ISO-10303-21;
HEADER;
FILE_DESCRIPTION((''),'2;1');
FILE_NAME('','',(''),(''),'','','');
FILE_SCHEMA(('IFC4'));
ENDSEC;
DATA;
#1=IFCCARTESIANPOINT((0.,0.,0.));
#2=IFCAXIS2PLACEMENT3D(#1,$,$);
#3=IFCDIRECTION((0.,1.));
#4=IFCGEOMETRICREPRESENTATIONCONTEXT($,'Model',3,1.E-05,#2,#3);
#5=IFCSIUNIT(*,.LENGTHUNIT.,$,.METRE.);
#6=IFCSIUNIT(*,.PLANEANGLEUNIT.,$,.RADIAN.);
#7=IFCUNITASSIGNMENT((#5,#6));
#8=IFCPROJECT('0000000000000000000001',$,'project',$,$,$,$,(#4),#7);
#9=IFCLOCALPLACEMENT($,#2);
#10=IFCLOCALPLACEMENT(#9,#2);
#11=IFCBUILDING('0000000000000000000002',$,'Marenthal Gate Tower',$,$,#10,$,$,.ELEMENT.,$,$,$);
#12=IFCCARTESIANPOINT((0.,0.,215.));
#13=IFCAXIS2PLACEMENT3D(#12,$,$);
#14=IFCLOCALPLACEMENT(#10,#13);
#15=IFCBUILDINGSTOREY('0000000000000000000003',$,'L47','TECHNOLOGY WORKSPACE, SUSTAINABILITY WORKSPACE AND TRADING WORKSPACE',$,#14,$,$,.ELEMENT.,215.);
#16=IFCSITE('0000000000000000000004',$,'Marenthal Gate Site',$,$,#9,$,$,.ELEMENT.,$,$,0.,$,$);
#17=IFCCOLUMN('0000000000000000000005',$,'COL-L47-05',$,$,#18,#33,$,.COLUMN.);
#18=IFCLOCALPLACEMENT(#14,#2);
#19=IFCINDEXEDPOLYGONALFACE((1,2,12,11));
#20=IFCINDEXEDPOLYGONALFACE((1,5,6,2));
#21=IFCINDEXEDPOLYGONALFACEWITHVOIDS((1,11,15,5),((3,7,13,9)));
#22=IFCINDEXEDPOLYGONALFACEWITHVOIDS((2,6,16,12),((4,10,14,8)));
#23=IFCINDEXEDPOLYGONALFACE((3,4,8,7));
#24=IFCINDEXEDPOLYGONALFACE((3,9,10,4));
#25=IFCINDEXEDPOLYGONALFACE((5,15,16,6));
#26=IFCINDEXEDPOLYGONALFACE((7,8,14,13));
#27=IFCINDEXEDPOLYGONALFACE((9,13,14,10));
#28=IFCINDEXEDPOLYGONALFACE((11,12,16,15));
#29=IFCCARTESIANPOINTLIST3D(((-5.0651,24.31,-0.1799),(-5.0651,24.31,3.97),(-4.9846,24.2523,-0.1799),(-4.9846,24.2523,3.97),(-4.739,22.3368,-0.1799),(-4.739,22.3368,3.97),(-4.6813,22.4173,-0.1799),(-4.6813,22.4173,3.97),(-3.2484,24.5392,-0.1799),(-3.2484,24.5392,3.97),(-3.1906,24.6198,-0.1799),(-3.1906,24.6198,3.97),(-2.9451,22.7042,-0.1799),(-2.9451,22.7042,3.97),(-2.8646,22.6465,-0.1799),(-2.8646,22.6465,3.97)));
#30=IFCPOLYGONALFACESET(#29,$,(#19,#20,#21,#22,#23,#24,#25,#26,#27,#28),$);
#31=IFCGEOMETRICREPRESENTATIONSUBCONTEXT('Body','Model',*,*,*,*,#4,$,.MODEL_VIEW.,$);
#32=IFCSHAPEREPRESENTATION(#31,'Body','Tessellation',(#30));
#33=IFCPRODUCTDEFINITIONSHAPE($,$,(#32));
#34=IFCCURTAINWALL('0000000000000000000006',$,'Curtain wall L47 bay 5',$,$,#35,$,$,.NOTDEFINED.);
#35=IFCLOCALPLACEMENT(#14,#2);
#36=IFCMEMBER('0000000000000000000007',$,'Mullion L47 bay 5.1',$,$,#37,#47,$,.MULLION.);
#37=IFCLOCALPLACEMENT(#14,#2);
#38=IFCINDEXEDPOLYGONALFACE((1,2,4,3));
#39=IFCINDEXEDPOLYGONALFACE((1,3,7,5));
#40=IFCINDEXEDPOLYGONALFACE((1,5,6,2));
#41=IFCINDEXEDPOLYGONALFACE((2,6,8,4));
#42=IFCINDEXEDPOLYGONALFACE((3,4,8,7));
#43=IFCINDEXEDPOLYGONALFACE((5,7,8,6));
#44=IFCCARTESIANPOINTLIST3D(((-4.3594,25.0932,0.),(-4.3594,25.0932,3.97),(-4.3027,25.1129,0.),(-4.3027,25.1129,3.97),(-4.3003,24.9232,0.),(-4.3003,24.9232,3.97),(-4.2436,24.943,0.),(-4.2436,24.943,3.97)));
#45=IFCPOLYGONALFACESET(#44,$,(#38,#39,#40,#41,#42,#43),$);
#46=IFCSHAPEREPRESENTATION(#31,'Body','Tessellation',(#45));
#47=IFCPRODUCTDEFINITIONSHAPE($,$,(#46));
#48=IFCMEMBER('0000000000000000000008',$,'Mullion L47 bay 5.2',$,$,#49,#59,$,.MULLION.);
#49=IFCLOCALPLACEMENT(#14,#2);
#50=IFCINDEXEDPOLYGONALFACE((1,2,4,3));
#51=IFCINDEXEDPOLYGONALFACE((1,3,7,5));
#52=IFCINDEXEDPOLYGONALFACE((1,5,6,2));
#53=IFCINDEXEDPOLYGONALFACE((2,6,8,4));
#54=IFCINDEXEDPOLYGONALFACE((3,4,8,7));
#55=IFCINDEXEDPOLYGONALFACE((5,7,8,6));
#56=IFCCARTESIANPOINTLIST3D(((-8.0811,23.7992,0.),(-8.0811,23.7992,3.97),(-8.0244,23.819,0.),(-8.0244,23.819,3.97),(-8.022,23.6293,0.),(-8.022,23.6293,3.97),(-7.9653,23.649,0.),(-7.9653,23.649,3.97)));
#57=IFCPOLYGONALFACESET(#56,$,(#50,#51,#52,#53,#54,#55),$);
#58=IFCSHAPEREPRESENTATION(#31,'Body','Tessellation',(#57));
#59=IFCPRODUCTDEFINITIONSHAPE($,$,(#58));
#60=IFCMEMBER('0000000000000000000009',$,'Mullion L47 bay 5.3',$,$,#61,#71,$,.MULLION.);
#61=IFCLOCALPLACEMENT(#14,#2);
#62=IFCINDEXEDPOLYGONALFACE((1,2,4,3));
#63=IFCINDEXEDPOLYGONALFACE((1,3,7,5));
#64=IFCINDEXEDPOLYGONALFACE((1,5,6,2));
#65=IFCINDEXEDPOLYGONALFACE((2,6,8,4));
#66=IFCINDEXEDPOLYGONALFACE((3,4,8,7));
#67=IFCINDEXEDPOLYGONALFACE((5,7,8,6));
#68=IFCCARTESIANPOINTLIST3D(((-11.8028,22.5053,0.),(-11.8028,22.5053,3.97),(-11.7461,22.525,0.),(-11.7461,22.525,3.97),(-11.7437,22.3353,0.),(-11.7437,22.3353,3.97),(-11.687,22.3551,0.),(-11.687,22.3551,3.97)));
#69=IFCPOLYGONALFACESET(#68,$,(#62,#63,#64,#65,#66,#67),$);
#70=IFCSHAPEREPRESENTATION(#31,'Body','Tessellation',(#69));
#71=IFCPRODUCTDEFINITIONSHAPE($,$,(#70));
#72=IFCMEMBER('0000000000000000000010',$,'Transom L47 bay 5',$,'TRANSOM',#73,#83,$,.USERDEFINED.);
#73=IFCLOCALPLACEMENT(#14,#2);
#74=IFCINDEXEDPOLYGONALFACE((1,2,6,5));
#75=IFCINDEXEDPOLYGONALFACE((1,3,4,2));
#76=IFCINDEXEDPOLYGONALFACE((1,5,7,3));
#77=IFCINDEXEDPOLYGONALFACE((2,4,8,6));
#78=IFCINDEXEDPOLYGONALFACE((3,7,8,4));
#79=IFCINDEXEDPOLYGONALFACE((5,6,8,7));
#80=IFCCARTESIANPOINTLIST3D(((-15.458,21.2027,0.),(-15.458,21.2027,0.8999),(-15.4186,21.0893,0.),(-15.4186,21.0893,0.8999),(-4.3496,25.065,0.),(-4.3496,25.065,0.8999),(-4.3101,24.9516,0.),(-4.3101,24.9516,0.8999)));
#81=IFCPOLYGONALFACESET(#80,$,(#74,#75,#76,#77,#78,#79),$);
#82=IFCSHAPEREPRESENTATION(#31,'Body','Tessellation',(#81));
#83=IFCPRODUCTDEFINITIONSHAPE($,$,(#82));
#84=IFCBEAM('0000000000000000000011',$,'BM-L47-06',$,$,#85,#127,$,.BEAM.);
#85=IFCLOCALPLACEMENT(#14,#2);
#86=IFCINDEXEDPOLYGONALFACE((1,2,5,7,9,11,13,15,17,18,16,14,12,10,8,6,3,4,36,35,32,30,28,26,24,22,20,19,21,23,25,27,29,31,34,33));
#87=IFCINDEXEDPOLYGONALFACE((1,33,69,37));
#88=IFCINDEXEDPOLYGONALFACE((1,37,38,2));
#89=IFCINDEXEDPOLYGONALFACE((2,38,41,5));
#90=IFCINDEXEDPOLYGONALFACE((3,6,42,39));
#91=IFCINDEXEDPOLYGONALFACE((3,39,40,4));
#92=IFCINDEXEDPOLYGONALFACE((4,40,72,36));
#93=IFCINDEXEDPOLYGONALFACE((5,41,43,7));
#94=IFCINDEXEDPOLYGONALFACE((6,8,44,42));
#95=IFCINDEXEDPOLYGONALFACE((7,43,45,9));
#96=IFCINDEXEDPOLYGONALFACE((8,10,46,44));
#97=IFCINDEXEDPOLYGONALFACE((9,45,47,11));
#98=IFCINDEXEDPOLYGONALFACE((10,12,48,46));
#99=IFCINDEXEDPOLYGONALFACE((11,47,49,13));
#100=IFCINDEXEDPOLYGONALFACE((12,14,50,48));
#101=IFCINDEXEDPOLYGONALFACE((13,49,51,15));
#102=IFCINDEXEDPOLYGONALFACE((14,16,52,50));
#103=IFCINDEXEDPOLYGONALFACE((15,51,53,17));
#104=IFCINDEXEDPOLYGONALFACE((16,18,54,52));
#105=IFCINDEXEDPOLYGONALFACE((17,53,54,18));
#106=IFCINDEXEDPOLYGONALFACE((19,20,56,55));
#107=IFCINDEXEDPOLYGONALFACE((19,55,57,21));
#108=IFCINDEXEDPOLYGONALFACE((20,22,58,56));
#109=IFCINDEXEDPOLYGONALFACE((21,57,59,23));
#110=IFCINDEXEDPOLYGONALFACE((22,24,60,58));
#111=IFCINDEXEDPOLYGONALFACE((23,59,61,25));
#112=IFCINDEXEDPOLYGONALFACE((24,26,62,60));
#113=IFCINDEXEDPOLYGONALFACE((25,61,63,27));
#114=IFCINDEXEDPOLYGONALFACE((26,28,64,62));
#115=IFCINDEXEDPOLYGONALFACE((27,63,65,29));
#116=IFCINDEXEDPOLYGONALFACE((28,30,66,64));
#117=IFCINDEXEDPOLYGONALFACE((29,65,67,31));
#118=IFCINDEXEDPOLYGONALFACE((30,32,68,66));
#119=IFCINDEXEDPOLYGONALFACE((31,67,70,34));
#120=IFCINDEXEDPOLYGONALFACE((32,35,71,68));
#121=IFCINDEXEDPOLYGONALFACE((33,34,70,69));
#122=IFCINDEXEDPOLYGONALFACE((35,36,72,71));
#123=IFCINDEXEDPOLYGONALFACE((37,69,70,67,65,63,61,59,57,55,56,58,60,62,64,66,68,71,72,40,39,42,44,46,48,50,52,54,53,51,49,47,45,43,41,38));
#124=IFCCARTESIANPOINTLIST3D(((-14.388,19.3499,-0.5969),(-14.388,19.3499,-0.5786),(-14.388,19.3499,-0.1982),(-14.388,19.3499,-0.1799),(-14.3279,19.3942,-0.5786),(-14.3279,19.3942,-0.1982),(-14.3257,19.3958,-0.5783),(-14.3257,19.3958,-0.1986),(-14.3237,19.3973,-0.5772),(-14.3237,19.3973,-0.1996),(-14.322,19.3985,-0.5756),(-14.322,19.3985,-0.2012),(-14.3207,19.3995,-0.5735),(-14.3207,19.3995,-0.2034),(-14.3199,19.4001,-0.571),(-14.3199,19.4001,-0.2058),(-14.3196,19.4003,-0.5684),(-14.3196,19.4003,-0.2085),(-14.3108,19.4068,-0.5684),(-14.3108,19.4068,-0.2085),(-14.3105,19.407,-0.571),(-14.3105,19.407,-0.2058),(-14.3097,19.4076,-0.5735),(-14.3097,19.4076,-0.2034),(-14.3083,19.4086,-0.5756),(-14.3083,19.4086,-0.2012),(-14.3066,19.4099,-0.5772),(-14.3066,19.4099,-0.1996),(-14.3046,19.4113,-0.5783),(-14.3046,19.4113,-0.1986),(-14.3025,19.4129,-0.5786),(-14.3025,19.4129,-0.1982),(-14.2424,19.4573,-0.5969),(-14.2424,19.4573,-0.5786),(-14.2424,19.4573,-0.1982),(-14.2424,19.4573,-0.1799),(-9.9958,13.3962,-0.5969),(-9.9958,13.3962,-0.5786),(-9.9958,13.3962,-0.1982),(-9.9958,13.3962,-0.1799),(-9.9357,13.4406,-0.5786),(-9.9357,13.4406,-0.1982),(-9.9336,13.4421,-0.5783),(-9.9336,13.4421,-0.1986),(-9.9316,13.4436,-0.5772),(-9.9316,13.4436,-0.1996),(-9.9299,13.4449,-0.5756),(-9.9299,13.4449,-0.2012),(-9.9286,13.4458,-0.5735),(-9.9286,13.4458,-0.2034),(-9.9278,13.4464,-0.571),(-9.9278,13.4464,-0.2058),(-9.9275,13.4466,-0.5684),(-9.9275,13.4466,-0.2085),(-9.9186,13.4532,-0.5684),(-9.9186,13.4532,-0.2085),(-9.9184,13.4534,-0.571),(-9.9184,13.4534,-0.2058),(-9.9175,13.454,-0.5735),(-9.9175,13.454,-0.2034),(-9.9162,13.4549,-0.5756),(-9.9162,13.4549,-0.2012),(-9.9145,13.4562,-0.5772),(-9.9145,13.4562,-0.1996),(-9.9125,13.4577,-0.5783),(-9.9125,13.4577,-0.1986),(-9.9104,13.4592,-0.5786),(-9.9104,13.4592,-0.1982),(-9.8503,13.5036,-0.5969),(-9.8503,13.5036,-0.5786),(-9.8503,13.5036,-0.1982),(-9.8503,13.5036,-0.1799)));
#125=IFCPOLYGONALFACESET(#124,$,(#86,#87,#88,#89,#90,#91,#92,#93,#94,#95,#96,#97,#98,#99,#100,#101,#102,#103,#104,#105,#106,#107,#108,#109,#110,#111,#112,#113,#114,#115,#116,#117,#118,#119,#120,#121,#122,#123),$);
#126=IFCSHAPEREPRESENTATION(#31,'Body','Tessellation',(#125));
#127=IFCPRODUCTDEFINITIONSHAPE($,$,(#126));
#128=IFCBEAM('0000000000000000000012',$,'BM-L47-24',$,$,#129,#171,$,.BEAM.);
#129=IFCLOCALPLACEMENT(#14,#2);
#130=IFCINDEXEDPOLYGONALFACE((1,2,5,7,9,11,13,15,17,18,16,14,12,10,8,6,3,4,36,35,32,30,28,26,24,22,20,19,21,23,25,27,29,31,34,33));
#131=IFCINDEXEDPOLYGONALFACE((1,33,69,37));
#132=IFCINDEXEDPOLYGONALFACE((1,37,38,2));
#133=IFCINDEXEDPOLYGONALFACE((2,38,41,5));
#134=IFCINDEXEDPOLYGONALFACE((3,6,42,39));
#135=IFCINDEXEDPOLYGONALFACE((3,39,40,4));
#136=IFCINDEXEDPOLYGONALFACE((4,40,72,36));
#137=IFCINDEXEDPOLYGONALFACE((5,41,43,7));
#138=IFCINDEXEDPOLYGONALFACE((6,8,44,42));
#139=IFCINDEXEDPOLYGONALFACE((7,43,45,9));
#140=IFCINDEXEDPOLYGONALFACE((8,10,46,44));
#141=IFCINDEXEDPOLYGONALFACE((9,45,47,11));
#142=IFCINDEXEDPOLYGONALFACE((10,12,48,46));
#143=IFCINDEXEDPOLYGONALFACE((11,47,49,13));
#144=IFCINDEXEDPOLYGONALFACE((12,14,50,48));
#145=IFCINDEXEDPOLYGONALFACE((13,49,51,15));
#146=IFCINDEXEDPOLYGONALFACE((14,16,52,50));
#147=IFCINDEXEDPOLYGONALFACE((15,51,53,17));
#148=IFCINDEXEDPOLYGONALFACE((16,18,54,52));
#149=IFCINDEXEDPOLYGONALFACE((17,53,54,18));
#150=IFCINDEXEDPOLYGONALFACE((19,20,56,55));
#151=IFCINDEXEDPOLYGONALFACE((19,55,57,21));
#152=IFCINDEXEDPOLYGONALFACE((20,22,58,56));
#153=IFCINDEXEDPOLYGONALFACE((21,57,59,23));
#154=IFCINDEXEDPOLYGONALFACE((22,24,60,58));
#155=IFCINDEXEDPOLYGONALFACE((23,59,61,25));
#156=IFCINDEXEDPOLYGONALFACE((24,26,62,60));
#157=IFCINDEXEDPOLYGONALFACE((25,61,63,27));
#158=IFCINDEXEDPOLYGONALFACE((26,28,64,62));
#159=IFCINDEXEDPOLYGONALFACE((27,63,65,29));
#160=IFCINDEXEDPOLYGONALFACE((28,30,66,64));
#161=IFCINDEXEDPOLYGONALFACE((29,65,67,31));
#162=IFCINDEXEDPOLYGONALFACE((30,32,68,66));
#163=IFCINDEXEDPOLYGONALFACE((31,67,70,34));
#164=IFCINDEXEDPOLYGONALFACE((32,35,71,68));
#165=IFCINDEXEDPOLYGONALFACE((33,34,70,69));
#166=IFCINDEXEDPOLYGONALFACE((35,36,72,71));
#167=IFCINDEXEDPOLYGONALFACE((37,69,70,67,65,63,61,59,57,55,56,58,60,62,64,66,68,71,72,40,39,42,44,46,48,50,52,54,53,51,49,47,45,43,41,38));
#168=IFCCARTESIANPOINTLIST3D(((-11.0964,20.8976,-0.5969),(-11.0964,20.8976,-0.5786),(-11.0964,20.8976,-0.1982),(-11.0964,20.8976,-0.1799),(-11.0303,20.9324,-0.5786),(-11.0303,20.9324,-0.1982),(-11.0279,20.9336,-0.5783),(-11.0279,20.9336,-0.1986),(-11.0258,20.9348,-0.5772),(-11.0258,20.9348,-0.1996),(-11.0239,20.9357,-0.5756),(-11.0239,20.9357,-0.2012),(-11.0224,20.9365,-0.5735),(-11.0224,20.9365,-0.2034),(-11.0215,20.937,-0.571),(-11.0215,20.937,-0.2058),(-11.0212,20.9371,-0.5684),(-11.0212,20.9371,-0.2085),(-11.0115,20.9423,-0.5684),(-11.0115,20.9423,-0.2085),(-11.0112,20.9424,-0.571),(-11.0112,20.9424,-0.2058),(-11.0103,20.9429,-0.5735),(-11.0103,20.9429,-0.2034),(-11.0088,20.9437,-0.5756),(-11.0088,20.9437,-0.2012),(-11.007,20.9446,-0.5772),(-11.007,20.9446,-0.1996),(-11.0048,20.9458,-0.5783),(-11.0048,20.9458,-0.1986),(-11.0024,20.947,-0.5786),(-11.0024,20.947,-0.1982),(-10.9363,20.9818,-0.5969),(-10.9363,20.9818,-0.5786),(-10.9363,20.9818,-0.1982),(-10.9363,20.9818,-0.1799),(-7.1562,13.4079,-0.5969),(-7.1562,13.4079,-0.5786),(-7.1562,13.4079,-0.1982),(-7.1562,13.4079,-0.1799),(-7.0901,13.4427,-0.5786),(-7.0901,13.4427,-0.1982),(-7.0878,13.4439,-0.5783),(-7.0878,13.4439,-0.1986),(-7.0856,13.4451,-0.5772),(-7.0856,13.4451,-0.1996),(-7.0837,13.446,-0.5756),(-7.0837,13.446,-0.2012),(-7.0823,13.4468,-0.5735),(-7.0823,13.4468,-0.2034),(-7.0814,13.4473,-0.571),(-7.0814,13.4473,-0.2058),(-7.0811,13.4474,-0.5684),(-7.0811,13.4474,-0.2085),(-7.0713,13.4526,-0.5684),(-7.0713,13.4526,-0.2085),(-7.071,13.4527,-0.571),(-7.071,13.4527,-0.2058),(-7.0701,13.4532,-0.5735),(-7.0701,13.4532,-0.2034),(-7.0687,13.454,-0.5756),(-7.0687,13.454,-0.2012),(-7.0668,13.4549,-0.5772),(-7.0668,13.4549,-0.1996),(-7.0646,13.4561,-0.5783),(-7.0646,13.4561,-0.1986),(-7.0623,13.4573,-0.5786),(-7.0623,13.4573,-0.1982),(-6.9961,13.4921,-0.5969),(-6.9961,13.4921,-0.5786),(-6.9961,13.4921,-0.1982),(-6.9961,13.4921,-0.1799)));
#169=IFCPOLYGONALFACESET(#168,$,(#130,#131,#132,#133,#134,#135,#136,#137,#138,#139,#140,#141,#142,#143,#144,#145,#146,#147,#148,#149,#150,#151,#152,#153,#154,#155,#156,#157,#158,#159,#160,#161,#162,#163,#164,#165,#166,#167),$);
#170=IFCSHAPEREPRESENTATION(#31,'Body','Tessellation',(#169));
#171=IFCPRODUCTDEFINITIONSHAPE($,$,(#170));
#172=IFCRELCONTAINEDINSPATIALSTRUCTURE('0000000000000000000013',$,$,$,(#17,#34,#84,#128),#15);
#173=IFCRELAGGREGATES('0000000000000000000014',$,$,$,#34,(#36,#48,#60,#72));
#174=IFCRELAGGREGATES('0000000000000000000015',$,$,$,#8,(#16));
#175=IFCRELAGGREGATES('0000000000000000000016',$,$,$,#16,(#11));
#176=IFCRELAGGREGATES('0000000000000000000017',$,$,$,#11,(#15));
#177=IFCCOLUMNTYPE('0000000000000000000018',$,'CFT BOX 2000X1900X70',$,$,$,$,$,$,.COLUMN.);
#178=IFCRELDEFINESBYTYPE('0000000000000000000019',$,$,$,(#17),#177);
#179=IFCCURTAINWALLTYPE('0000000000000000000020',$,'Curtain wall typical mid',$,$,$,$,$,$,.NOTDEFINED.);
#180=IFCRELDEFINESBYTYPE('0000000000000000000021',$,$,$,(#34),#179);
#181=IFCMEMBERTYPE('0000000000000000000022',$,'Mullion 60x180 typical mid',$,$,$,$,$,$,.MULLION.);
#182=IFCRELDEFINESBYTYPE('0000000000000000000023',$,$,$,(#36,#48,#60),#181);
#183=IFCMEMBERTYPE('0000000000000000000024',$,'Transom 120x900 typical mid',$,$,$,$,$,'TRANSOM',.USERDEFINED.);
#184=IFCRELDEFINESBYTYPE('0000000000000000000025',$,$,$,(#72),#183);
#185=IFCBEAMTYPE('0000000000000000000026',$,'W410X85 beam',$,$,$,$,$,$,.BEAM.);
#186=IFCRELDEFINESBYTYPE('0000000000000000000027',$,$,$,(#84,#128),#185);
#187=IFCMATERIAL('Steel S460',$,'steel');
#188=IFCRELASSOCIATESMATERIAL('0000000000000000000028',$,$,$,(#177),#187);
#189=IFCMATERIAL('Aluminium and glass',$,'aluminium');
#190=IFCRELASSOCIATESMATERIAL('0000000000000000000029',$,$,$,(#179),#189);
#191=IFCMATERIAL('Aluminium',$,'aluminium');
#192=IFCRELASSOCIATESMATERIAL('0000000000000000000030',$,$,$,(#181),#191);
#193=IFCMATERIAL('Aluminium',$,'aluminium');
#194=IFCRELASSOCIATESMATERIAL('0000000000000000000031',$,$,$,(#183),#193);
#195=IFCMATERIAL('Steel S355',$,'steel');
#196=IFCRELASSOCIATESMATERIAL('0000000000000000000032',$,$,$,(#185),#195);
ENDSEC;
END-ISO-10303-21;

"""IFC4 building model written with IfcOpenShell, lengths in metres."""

from ifc_helpers import new_model, si_unit, direction, frame, origin, origin_2d, place, context, subcontext, project, spatial, rectangle, hollow_rectangle, i_section, extrude, material, material_profile, profile_set, type_object, element, aggregate, save


model = new_model("IFC4")

# Units and contexts
model_context = context("Model", 3, precision=1e-05, world=origin(), true_north=direction((0.0, 1.0)))
body_context = subcontext(model_context, "Body", "Model", "MODEL_VIEW")
ifc_project = project(units=[si_unit("LENGTHUNIT", "METRE"), si_unit("PLANEANGLEUNIT", "RADIAN")], contexts=[model_context])

# Site, building, storey
site_placement = place(None, origin())
site = spatial("IfcSite", under=ifc_project, at=site_placement, Name="Marenthal Gate Site", CompositionType="ELEMENT", RefElevation=0.0)
building_placement = place(site_placement, origin())
building = spatial("IfcBuilding", under=site, at=building_placement, Name="Marenthal Gate Tower", CompositionType="ELEMENT")
storey_placement = place(building_placement, frame((0.0, 0.0, 215.0)))
storey = spatial("IfcBuildingStorey", under=building, at=storey_placement, Name="L47", Description="TECHNOLOGY WORKSPACE, SUSTAINABILITY WORKSPACE AND TRADING WORKSPACE", CompositionType="ELEMENT", Elevation=215.0)

# Column
ifc_material_1 = material(Name="Steel S460", Category="steel")
ifc_material_profile_1 = material_profile(ifc_material_1, hollow_rectangle(XDim=1.8999, YDim=2.0, WallThickness=0.0701, at=origin_2d()), Name="CFT BOX 2000X1900X70")
ifc_material_2 = material(Name="Concrete 70 MPa", Category="concrete")
ifc_material_profile_2 = material_profile(ifc_material_2, rectangle(XDim=1.76, YDim=1.8601, at=origin_2d()), Name="CFT BOX 2000X1900X70 INFILL")
ifc_profile_set_1 = profile_set([ifc_material_profile_1, ifc_material_profile_2], Name="Steel S460 shell, Concrete 70 MPa infill")
column_type = type_object("IfcColumnType", Name="CFT BOX 2000X1900X70", PredefinedType="COLUMN", material=ifc_profile_set_1)
column_placement = place(storey_placement, frame((-3.9648, 23.4783, -0.1799), z_axis=(0.0, 0.0, 1.0), x_axis=(0.986619, 0.163044, 0.0)))
element("IfcColumn", 1, at=column_placement, inside=storey, type_object=column_type, Name="COL-L47-05", PredefinedType="COLUMN", context=body_context, shape_type="SweptSolid", body=[
    extrude(hollow_rectangle(XDim=1.8999, YDim=2.0, WallThickness=0.0701, at=origin_2d()), origin(), (0.0, 0.0, 1.0), 4.1499),
])

# Curtain wall, members
ifc_material_3 = material(Name="Aluminium and glass", Category="aluminium")
curtain_wall_type = type_object("IfcCurtainWallType", Name="Curtain wall typical mid", PredefinedType="NOTDEFINED", material=ifc_material_3)
curtain_wall_placement = place(storey_placement, origin())
curtain_wall = element("IfcCurtainWall", 2, at=curtain_wall_placement, inside=storey, type_object=curtain_wall_type, Name="Curtain wall L47 bay 5", PredefinedType="NOTDEFINED")
ifc_material_4 = material(Name="Aluminium", Category="aluminium")
ifc_material_profile_3 = material_profile(ifc_material_4, rectangle(XDim=0.1799, YDim=0.0601, at=origin_2d()), Name="60x180 aluminium mullion")
ifc_profile_set_2 = profile_set([ifc_material_profile_3], Name="Aluminium")
member_type_1 = type_object("IfcMemberType", Name="Mullion 60x180 typical mid", PredefinedType="MULLION", material=ifc_profile_set_2)
member_1_placement = place(storey_placement, frame((-4.3015, 25.0181, 0.0), z_axis=(0.0, 0.0, 1.0), x_axis=(0.3284, -0.944539, 0.0)))
member_1 = element("IfcMember", 3, at=member_1_placement, type_object=member_type_1, Name="Mullion L47 bay 5.1", PredefinedType="MULLION", context=body_context, shape_type="SweptSolid", body=[
    extrude(rectangle(XDim=0.1799, YDim=0.0601, at=origin_2d()), origin(), (0.0, 0.0, 1.0), 3.97),
])
member_2_placement = place(storey_placement, frame((-8.0232, 23.7241, 0.0), z_axis=(0.0, 0.0, 1.0), x_axis=(0.3284, -0.944539, 0.0)))
member_2 = element("IfcMember", 4, at=member_2_placement, type_object=member_type_1, Name="Mullion L47 bay 5.2", PredefinedType="MULLION", context=body_context, shape_type="SweptSolid", body=[
    extrude(rectangle(XDim=0.1799, YDim=0.0601, at=origin_2d()), origin(), (0.0, 0.0, 1.0), 3.97),
])
member_3_placement = place(storey_placement, frame((-11.7449, 22.4302, 0.0), z_axis=(0.0, 0.0, 1.0), x_axis=(0.3284, -0.944539, 0.0)))
member_3 = element("IfcMember", 5, at=member_3_placement, type_object=member_type_1, Name="Mullion L47 bay 5.3", PredefinedType="MULLION", context=body_context, shape_type="SweptSolid", body=[
    extrude(rectangle(XDim=0.1799, YDim=0.0601, at=origin_2d()), origin(), (0.0, 0.0, 1.0), 3.97),
])
ifc_material_5 = material(Name="Aluminium", Category="aluminium")
ifc_material_profile_4 = material_profile(ifc_material_5, rectangle(XDim=0.1201, YDim=0.8999, at=origin_2d()), Name="120x900 aluminium transom")
ifc_profile_set_3 = profile_set([ifc_material_profile_4], Name="Aluminium")
member_type_2 = type_object("IfcMemberType", Name="Transom 120x900 typical mid", ElementType="TRANSOM", PredefinedType="USERDEFINED", material=ifc_profile_set_3)
member_4_placement = place(storey_placement, frame((-4.3298, 25.0083, 0.45), z_axis=(-0.944536, -0.328408, 0.0), x_axis=(0.328408, -0.944536, 0.0)))
member_4 = element("IfcMember", 6, at=member_4_placement, type_object=member_type_2, Name="Transom L47 bay 5", ObjectType="TRANSOM", PredefinedType="USERDEFINED", context=body_context, shape_type="SweptSolid", body=[
    extrude(rectangle(XDim=0.1201, YDim=0.8999, at=origin_2d()), origin(), (0.0, 0.0, 1.0), 11.7607),
])

# Beams
ifc_material_6 = material(Name="Steel S355", Category="steel")
ifc_material_profile_5 = material_profile(ifc_material_6, i_section(OverallWidth=0.1809, OverallDepth=0.417, WebThickness=0.011, FlangeThickness=0.0183, FilletRadius=0.0103, at=origin_2d()), Name="W410X85")
ifc_profile_set_4 = profile_set([ifc_material_profile_5], Name="Steel S355")
beam_type_1 = type_object("IfcBeamType", Name="W410X85 beam", PredefinedType="BEAM", material=ifc_profile_set_4)
beam_1_placement = place(storey_placement, frame((-14.3152, 19.4036, -0.3884), z_axis=(0.593656, -0.804719, 0.0), x_axis=(0.804719, 0.593656, 0.0)))
element("IfcBeam", 7, at=beam_1_placement, inside=storey, type_object=beam_type_1, Name="BM-L47-06", PredefinedType="BEAM", context=body_context, shape_type="SweptSolid", body=[
    extrude(i_section(OverallWidth=0.1809, OverallDepth=0.417, WebThickness=0.011, FlangeThickness=0.0183, FilletRadius=0.0103, at=origin_2d()), origin(), (0.0, 0.0, 1.0), 7.3984),
])
beam_2_placement = place(storey_placement, frame((-11.0164, 20.9397, -0.3884), z_axis=(0.465581, -0.885005, 0.0), x_axis=(0.885005, 0.465581, 0.0)))
element("IfcBeam", 8, at=beam_2_placement, inside=storey, type_object=beam_type_1, Name="BM-L47-24", PredefinedType="BEAM", context=body_context, shape_type="SweptSolid", body=[
    extrude(i_section(OverallWidth=0.1809, OverallDepth=0.417, WebThickness=0.011, FlangeThickness=0.0183, FilletRadius=0.0103, at=origin_2d()), origin(), (0.0, 0.0, 1.0), 8.4629),
])

aggregate(curtain_wall, [member_1, member_2, member_3, member_4])

save(model, "model.ifc")
